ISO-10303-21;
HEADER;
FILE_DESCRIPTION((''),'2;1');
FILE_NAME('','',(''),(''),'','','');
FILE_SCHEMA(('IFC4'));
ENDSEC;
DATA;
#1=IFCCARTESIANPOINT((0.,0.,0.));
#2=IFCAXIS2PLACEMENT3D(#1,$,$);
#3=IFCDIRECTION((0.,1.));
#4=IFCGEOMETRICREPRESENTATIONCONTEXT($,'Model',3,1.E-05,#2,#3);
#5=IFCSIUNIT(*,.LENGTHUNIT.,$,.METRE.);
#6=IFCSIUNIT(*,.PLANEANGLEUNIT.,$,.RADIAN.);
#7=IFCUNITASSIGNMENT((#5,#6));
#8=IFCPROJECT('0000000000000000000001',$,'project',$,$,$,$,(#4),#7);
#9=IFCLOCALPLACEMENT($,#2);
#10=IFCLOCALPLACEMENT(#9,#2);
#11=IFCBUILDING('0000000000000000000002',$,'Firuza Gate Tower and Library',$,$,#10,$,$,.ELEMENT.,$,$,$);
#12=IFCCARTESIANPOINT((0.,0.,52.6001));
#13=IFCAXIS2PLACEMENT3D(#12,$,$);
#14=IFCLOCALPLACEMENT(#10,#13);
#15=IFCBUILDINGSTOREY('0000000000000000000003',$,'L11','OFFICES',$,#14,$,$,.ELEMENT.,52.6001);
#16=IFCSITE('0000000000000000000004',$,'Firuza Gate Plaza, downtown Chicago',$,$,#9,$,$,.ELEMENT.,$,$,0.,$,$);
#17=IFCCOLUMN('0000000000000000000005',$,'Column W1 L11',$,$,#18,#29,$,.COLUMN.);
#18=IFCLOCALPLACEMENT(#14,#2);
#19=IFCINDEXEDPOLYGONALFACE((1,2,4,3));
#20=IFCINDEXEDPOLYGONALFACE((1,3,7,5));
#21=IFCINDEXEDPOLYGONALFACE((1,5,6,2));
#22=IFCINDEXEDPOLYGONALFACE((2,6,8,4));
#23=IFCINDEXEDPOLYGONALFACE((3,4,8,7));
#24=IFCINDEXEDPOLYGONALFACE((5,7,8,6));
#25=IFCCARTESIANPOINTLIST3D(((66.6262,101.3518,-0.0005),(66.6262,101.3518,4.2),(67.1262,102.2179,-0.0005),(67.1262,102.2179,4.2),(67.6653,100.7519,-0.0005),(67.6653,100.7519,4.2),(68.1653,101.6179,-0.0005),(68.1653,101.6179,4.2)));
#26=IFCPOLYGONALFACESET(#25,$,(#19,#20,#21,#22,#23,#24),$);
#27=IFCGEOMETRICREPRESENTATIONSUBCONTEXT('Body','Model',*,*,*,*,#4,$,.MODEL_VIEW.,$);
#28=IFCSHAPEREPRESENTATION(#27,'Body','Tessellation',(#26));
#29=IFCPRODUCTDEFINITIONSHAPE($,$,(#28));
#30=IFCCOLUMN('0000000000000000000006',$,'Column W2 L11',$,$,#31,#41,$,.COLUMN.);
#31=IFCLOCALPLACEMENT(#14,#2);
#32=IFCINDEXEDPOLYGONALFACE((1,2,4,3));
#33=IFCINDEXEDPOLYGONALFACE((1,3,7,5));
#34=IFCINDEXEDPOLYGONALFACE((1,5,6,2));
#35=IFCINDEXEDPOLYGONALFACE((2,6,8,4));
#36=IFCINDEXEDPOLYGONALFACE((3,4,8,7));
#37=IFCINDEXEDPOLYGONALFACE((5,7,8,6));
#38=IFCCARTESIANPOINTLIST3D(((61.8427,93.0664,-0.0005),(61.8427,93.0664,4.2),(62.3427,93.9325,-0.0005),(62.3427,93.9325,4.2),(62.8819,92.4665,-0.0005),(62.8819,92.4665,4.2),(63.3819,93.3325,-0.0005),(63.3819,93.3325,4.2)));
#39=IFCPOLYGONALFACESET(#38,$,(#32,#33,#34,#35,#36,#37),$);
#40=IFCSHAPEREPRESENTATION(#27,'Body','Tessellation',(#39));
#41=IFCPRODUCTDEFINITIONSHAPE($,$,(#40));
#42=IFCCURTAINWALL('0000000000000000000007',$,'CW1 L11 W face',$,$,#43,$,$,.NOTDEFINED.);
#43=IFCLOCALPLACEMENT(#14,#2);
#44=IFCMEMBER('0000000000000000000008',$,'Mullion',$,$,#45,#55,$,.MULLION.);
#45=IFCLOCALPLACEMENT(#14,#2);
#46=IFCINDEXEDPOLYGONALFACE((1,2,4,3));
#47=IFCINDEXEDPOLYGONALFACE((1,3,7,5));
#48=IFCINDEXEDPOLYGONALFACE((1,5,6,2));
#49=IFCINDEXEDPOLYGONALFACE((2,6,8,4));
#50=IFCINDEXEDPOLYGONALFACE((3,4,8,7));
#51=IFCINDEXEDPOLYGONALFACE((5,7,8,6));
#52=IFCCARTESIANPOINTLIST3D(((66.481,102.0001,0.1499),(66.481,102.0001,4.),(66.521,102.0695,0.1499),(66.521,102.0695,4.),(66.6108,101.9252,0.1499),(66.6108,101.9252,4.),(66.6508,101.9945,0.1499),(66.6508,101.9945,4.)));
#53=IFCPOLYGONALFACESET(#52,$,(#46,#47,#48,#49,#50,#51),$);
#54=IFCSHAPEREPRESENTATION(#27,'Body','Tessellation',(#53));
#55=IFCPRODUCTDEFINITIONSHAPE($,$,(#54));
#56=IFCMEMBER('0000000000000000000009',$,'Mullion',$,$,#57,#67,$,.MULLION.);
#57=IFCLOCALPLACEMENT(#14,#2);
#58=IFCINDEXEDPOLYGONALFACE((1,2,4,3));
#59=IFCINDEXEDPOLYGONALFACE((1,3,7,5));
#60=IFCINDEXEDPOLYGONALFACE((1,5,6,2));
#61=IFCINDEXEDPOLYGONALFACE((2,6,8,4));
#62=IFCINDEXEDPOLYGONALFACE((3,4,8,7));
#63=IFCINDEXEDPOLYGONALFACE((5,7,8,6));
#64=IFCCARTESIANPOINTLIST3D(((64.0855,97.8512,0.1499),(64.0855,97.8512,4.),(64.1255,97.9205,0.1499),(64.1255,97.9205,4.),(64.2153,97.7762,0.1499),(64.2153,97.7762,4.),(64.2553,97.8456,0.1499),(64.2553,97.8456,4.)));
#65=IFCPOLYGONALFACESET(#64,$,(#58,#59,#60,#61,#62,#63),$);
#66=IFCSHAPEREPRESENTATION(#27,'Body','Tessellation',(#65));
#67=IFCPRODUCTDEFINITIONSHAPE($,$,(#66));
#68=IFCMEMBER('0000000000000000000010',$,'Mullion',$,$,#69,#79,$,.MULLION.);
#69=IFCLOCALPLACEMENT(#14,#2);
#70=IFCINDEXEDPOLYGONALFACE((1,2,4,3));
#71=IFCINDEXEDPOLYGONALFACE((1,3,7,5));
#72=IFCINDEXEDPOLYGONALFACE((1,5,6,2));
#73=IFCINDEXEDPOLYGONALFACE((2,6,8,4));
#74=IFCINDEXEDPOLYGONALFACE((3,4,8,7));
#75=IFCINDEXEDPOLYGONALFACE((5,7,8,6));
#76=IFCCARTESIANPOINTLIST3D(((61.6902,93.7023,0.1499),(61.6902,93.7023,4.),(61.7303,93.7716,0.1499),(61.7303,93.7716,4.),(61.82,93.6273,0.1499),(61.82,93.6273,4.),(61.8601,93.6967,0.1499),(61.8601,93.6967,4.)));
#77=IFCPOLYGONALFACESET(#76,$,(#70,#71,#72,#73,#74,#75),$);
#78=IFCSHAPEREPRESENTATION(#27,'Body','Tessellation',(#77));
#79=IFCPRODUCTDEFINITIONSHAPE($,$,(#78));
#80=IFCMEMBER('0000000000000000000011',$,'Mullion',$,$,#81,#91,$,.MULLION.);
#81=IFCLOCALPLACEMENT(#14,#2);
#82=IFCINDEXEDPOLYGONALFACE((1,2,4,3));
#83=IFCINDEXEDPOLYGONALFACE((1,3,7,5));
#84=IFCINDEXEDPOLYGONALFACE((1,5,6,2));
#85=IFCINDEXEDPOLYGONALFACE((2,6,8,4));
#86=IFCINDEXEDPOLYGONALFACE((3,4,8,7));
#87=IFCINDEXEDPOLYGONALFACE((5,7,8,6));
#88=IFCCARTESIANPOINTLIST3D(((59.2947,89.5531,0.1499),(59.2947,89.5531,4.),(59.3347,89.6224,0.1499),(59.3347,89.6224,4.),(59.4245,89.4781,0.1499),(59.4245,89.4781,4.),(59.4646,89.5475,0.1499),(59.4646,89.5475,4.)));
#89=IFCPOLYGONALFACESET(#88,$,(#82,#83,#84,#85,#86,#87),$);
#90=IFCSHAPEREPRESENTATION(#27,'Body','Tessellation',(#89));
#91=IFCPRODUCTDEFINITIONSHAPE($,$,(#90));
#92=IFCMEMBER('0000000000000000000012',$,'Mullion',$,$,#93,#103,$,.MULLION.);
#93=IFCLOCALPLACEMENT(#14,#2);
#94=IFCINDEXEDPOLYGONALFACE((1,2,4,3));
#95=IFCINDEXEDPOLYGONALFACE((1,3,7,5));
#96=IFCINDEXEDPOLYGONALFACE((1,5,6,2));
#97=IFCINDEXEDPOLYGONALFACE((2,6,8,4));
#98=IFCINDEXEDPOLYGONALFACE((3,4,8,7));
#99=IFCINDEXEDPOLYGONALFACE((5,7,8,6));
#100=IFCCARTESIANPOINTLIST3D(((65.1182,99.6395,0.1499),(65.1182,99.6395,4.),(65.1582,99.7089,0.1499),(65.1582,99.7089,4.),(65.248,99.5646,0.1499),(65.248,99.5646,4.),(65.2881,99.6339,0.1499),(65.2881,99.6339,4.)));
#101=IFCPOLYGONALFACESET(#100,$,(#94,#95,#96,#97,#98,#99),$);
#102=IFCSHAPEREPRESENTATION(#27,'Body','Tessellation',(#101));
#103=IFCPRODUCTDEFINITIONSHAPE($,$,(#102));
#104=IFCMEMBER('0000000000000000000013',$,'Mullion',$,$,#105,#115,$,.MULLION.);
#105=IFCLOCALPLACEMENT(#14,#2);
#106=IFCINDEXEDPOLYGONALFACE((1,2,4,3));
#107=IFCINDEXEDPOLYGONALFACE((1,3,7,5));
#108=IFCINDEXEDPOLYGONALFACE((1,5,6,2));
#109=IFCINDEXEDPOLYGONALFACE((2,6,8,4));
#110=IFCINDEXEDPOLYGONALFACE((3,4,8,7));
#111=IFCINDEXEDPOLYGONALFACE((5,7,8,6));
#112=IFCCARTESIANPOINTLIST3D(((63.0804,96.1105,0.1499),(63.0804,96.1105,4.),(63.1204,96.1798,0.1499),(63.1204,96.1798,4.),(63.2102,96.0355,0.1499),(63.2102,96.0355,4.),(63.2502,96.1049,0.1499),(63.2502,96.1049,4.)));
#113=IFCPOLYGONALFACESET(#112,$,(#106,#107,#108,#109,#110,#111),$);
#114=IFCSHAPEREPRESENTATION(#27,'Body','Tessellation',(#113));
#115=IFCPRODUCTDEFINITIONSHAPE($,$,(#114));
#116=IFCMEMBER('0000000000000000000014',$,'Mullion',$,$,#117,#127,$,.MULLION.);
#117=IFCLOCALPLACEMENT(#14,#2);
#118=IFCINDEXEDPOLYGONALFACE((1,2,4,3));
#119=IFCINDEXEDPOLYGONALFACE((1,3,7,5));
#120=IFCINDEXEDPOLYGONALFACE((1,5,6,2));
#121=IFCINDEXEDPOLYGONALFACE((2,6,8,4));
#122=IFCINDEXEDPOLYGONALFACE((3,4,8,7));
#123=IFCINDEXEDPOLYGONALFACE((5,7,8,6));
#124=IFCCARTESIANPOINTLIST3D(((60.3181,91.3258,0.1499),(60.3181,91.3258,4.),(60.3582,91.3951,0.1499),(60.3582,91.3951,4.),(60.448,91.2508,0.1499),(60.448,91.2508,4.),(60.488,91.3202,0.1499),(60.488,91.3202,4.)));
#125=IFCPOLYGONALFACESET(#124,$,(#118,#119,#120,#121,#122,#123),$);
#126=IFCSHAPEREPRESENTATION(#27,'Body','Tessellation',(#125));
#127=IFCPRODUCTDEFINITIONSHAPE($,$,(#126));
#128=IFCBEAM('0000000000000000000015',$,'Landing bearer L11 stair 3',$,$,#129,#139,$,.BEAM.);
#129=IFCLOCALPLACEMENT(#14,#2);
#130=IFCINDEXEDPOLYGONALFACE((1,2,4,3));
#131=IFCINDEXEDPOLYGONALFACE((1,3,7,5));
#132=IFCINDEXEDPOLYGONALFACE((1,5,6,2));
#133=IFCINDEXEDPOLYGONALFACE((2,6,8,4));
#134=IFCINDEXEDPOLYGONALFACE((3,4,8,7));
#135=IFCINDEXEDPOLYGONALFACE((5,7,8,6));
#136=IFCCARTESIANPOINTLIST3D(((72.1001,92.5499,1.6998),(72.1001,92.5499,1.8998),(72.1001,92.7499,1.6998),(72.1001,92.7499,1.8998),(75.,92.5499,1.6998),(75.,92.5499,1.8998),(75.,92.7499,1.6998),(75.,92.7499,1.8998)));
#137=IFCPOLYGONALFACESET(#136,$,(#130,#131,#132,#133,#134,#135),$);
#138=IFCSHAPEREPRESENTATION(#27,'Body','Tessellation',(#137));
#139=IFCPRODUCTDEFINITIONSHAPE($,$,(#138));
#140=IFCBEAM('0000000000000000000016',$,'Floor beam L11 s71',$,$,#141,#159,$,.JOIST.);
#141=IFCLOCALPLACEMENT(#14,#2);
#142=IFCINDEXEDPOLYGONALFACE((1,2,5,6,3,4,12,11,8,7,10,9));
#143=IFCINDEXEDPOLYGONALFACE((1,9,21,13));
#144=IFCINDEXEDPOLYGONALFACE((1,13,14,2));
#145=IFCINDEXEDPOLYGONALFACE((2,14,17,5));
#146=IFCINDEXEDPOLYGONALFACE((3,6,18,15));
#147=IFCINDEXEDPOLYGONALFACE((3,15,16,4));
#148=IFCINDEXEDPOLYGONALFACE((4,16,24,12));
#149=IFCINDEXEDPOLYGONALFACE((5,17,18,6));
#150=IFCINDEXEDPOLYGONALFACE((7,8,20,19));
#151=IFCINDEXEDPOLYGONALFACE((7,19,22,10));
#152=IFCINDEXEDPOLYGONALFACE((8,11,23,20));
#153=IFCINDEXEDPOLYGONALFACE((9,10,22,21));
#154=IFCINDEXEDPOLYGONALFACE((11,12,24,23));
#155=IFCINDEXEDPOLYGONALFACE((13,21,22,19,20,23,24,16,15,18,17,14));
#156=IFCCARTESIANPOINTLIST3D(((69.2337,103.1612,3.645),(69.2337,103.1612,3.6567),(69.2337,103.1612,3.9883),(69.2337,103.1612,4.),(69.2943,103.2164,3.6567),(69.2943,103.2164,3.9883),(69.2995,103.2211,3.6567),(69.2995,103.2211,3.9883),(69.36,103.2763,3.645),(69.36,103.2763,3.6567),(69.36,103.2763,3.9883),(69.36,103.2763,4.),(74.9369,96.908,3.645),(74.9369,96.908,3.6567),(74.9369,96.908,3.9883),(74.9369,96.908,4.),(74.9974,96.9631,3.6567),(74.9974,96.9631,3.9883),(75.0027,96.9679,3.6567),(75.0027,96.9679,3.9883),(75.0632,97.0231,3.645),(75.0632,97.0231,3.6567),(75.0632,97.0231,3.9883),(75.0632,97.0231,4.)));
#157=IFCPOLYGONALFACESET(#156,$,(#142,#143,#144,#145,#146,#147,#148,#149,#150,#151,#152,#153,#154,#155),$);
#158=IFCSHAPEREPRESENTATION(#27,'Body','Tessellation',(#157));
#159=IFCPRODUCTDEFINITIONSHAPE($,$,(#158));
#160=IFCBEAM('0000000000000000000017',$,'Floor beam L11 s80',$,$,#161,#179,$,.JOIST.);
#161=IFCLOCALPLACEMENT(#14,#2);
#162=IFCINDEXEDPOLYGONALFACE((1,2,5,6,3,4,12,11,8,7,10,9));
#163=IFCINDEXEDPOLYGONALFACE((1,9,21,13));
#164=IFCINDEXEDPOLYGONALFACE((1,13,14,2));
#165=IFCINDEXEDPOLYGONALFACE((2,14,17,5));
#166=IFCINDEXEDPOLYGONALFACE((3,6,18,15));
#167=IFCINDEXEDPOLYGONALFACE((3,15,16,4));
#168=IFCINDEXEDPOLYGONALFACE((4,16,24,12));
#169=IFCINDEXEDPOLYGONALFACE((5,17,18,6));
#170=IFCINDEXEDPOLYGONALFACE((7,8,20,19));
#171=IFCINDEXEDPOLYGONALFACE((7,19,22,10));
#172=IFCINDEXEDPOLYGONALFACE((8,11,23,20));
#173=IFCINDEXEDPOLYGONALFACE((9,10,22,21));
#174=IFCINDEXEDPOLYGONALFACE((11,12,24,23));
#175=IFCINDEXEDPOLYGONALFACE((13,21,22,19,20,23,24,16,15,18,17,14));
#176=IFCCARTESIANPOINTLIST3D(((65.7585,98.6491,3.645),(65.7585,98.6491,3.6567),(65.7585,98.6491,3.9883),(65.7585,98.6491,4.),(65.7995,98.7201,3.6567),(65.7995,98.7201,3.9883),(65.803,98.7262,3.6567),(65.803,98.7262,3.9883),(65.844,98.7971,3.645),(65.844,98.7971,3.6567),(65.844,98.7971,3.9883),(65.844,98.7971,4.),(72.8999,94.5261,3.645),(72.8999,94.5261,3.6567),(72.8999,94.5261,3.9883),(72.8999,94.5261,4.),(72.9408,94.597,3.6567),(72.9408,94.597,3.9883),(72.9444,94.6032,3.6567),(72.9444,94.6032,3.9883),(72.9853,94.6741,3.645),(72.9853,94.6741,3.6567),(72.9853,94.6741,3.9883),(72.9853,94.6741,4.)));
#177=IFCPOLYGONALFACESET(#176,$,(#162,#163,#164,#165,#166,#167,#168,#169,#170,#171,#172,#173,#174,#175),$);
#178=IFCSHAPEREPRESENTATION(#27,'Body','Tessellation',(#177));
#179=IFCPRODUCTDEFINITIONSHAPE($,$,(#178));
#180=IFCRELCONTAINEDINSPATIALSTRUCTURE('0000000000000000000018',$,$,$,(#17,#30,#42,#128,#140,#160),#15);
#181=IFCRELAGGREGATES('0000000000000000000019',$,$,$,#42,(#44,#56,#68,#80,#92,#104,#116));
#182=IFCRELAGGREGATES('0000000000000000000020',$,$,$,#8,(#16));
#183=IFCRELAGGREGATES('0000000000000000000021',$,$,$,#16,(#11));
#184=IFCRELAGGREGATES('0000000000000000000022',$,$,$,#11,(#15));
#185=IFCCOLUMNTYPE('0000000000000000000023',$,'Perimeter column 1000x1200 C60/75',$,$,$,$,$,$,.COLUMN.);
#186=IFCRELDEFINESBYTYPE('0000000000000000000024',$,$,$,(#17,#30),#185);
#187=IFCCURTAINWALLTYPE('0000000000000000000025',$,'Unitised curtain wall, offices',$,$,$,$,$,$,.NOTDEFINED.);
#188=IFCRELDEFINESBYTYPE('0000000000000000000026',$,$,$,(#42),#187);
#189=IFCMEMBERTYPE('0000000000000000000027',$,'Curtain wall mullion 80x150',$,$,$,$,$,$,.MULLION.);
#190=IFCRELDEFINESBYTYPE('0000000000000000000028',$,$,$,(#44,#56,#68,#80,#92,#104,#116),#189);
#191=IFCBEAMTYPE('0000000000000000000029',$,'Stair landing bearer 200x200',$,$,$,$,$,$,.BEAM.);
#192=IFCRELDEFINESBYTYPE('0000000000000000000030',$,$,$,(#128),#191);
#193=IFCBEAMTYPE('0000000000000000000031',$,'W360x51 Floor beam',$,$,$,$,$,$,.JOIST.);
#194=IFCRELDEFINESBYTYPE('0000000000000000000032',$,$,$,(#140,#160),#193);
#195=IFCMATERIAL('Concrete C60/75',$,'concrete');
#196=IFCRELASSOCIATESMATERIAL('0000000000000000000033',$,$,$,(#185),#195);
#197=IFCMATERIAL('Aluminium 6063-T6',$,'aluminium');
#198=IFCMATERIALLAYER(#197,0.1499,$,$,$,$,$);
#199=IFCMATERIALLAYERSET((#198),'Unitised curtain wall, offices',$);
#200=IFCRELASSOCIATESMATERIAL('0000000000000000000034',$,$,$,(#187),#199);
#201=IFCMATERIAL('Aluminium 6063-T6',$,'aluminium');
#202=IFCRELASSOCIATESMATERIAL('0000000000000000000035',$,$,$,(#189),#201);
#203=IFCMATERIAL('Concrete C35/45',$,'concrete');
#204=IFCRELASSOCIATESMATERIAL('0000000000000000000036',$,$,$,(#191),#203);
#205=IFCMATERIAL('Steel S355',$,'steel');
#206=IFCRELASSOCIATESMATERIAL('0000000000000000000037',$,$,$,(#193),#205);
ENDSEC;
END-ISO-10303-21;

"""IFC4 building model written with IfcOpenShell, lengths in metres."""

from ifc_helpers import new_model, si_unit, direction, frame, origin, origin_2d, place, context, subcontext, project, spatial, rectangle, i_section, extrude, material, layer, layer_set, material_profile, profile_set, type_object, element, aggregate, save


model = new_model("IFC4")

# Units and contexts
model_context = context("Model", 3, precision=1e-05, world=origin(), true_north=direction((0.0, 1.0)))
body_context = subcontext(model_context, "Body", "Model", "MODEL_VIEW")
ifc_project = project(units=[si_unit("LENGTHUNIT", "METRE"), si_unit("PLANEANGLEUNIT", "RADIAN")], contexts=[model_context])

# Site, building, storey
site_placement = place(None, origin())
site = spatial("IfcSite", under=ifc_project, at=site_placement, Name="Firuza Gate Plaza, downtown Chicago", CompositionType="ELEMENT", RefElevation=0.0)
building_placement = place(site_placement, origin())
building = spatial("IfcBuilding", under=site, at=building_placement, Name="Firuza Gate Tower and Library", CompositionType="ELEMENT")
storey_placement = place(building_placement, frame((0.0, 0.0, 52.6001)))
storey = spatial("IfcBuildingStorey", under=building, at=storey_placement, Name="L11", Description="OFFICES", CompositionType="ELEMENT", Elevation=52.6001)

# Columns
ifc_material_1 = material(Name="Concrete C60/75", Category="concrete")
ifc_material_profile_1 = material_profile(ifc_material_1, rectangle(XDim=1.0, YDim=1.2, at=origin_2d()))
ifc_profile_set_1 = profile_set([ifc_material_profile_1], Name="Concrete C60/75")
column_type = type_object("IfcColumnType", Name="Perimeter column 1000x1200 C60/75", PredefinedType="COLUMN", material=ifc_profile_set_1)
for number, where, z_axis, x_axis, name in (
    (1, (67.3958, 101.4849, -0.0005), (0.0, 0.0, 1.0), (-0.5, -0.866025, 0.0), "Column W1 L11"),
    (2, (62.6123, 93.1995, -0.0005), (0.0, 0.0, 1.0), (-0.5, -0.866025, 0.0), "Column W2 L11"),
):
    element("IfcColumn", number, at=place(storey_placement, frame(where, z_axis=z_axis, x_axis=x_axis)), inside=storey, type_object=column_type, Name=name, PredefinedType="COLUMN", context=body_context, shape_type="SweptSolid", body=[
        extrude(rectangle(XDim=1.0, YDim=1.2, at=origin_2d()), origin(), (0.0, 0.0, 1.0), 4.2004),
    ])

# Curtain wall, members
ifc_material_2 = material(Name="Aluminium 6063-T6", Category="aluminium")
ifc_layer_1 = layer(ifc_material_2, 0.1499)
ifc_layer_set_1 = layer_set([ifc_layer_1], Name="Unitised curtain wall, offices")
curtain_wall_type = type_object("IfcCurtainWallType", Name="Unitised curtain wall, offices", PredefinedType="NOTDEFINED", material=ifc_layer_set_1)
placement = place(storey_placement, origin())
curtain_wall = element("IfcCurtainWall", 3, at=placement, inside=storey, type_object=curtain_wall_type, Name="CW1 L11 W face", PredefinedType="NOTDEFINED")
ifc_material_3 = material(Name="Aluminium 6063-T6", Category="aluminium")
ifc_material_profile_2 = material_profile(ifc_material_3, rectangle(XDim=0.1499, YDim=0.0801, at=origin_2d()))
ifc_profile_set_2 = profile_set([ifc_material_profile_2], Name="Aluminium 6063-T6")
member_type = type_object("IfcMemberType", Name="Curtain wall mullion 80x150", PredefinedType="MULLION", material=ifc_profile_set_2)
member_1_placement = place(storey_placement, frame((66.5659, 101.9973, 0.1499), z_axis=(0.0, 0.0, 1.0), x_axis=(0.866025, -0.5, 0.0)))
member_1 = element("IfcMember", 4, at=member_1_placement, type_object=member_type, Name="Mullion", PredefinedType="MULLION", context=body_context, shape_type="SweptSolid", body=[
    extrude(rectangle(XDim=0.1499, YDim=0.0801, at=origin_2d()), origin(), (0.0, 0.0, 1.0), 3.8501),
])
member_2_placement = place(storey_placement, frame((64.1704, 97.8484, 0.1499), z_axis=(0.0, 0.0, 1.0), x_axis=(0.866025, -0.5, 0.0)))
member_2 = element("IfcMember", 5, at=member_2_placement, type_object=member_type, Name="Mullion", PredefinedType="MULLION", context=body_context, shape_type="SweptSolid", body=[
    extrude(rectangle(XDim=0.1499, YDim=0.0801, at=origin_2d()), origin(), (0.0, 0.0, 1.0), 3.8501),
])
member_3_placement = place(storey_placement, frame((61.7751, 93.6995, 0.1499), z_axis=(0.0, 0.0, 1.0), x_axis=(0.866025, -0.5, 0.0)))
member_3 = element("IfcMember", 6, at=member_3_placement, type_object=member_type, Name="Mullion", PredefinedType="MULLION", context=body_context, shape_type="SweptSolid", body=[
    extrude(rectangle(XDim=0.1499, YDim=0.0801, at=origin_2d()), origin(), (0.0, 0.0, 1.0), 3.8501),
])
member_4_placement = place(storey_placement, frame((59.3796, 89.5503, 0.1499), z_axis=(0.0, 0.0, 1.0), x_axis=(0.866025, -0.5, 0.0)))
member_4 = element("IfcMember", 7, at=member_4_placement, type_object=member_type, Name="Mullion", PredefinedType="MULLION", context=body_context, shape_type="SweptSolid", body=[
    extrude(rectangle(XDim=0.1499, YDim=0.0801, at=origin_2d()), origin(), (0.0, 0.0, 1.0), 3.8501),
])
member_5_placement = place(storey_placement, frame((65.2031, 99.6367, 0.1499), z_axis=(0.0, 0.0, 1.0), x_axis=(0.866025, -0.5, 0.0)))
member_5 = element("IfcMember", 8, at=member_5_placement, type_object=member_type, Name="Mullion", PredefinedType="MULLION", context=body_context, shape_type="SweptSolid", body=[
    extrude(rectangle(XDim=0.1499, YDim=0.0801, at=origin_2d()), origin(), (0.0, 0.0, 1.0), 3.8501),
])
member_6_placement = place(storey_placement, frame((63.1653, 96.1077, 0.1499), z_axis=(0.0, 0.0, 1.0), x_axis=(0.866025, -0.5, 0.0)))
member_6 = element("IfcMember", 9, at=member_6_placement, type_object=member_type, Name="Mullion", PredefinedType="MULLION", context=body_context, shape_type="SweptSolid", body=[
    extrude(rectangle(XDim=0.1499, YDim=0.0801, at=origin_2d()), origin(), (0.0, 0.0, 1.0), 3.8501),
])
member_7_placement = place(storey_placement, frame((60.4031, 91.323, 0.1499), z_axis=(0.0, 0.0, 1.0), x_axis=(0.866025, -0.5, 0.0)))
member_7 = element("IfcMember", 10, at=member_7_placement, type_object=member_type, Name="Mullion", PredefinedType="MULLION", context=body_context, shape_type="SweptSolid", body=[
    extrude(rectangle(XDim=0.1499, YDim=0.0801, at=origin_2d()), origin(), (0.0, 0.0, 1.0), 3.8501),
])

# Beams
ifc_material_4 = material(Name="Concrete C35/45", Category="concrete")
ifc_material_profile_3 = material_profile(ifc_material_4, rectangle(XDim=0.2, YDim=0.2, at=origin_2d()))
ifc_profile_set_3 = profile_set([ifc_material_profile_3], Name="Concrete C35/45")
beam_type_1 = type_object("IfcBeamType", Name="Stair landing bearer 200x200", PredefinedType="BEAM", material=ifc_profile_set_3)
beam_1_placement = place(storey_placement, frame((75.0, 92.6499, 1.7998), z_axis=(-1.0, 0.0, 0.0), x_axis=(0.0, -1.0, 0.0)))
element("IfcBeam", 11, at=beam_1_placement, inside=storey, type_object=beam_type_1, Name="Landing bearer L11 stair 3", PredefinedType="BEAM", context=body_context, shape_type="SweptSolid", body=[
    extrude(rectangle(XDim=0.2, YDim=0.2, at=origin_2d()), origin(), (0.0, 0.0, 1.0), 2.8999),
])
ifc_material_5 = material(Name="Steel S355", Category="steel")
ifc_material_profile_4 = material_profile(ifc_material_5, i_section(OverallWidth=0.1709, OverallDepth=0.355, WebThickness=0.0071, FlangeThickness=0.0117, at=origin_2d()))
ifc_profile_set_4 = profile_set([ifc_material_profile_4], Name="Steel S355")
beam_type_2 = type_object("IfcBeamType", Name="W360x51 Floor beam", PredefinedType="JOIST", material=ifc_profile_set_4)
beam_2_placement = place(storey_placement, frame((69.2969, 103.2188, 3.8225), z_axis=(0.673864, -0.738856, 0.0), x_axis=(0.738856, 0.673864, 0.0)))
element("IfcBeam", 12, at=beam_2_placement, inside=storey, type_object=beam_type_2, Name="Floor beam L11 s71", PredefinedType="JOIST", context=body_context, shape_type="SweptSolid", body=[
    extrude(i_section(OverallWidth=0.1709, OverallDepth=0.355, WebThickness=0.0071, FlangeThickness=0.0117, at=origin_2d()), origin(), (0.0, 0.0, 1.0), 8.4634),
])
beam_3_placement = place(storey_placement, frame((65.8013, 98.7231, 3.8225), z_axis=(0.866026, -0.499998, 0.0), x_axis=(0.499998, 0.866026, 0.0)))
element("IfcBeam", 13, at=beam_3_placement, inside=storey, type_object=beam_type_2, Name="Floor beam L11 s80", PredefinedType="JOIST", context=body_context, shape_type="SweptSolid", body=[
    extrude(i_section(OverallWidth=0.1709, OverallDepth=0.355, WebThickness=0.0071, FlangeThickness=0.0117, at=origin_2d()), origin(), (0.0, 0.0, 1.0), 8.2461),
])

aggregate(curtain_wall, [member_1, member_2, member_3, member_4, member_5, member_6, member_7])

save(model, "model.ifc")
